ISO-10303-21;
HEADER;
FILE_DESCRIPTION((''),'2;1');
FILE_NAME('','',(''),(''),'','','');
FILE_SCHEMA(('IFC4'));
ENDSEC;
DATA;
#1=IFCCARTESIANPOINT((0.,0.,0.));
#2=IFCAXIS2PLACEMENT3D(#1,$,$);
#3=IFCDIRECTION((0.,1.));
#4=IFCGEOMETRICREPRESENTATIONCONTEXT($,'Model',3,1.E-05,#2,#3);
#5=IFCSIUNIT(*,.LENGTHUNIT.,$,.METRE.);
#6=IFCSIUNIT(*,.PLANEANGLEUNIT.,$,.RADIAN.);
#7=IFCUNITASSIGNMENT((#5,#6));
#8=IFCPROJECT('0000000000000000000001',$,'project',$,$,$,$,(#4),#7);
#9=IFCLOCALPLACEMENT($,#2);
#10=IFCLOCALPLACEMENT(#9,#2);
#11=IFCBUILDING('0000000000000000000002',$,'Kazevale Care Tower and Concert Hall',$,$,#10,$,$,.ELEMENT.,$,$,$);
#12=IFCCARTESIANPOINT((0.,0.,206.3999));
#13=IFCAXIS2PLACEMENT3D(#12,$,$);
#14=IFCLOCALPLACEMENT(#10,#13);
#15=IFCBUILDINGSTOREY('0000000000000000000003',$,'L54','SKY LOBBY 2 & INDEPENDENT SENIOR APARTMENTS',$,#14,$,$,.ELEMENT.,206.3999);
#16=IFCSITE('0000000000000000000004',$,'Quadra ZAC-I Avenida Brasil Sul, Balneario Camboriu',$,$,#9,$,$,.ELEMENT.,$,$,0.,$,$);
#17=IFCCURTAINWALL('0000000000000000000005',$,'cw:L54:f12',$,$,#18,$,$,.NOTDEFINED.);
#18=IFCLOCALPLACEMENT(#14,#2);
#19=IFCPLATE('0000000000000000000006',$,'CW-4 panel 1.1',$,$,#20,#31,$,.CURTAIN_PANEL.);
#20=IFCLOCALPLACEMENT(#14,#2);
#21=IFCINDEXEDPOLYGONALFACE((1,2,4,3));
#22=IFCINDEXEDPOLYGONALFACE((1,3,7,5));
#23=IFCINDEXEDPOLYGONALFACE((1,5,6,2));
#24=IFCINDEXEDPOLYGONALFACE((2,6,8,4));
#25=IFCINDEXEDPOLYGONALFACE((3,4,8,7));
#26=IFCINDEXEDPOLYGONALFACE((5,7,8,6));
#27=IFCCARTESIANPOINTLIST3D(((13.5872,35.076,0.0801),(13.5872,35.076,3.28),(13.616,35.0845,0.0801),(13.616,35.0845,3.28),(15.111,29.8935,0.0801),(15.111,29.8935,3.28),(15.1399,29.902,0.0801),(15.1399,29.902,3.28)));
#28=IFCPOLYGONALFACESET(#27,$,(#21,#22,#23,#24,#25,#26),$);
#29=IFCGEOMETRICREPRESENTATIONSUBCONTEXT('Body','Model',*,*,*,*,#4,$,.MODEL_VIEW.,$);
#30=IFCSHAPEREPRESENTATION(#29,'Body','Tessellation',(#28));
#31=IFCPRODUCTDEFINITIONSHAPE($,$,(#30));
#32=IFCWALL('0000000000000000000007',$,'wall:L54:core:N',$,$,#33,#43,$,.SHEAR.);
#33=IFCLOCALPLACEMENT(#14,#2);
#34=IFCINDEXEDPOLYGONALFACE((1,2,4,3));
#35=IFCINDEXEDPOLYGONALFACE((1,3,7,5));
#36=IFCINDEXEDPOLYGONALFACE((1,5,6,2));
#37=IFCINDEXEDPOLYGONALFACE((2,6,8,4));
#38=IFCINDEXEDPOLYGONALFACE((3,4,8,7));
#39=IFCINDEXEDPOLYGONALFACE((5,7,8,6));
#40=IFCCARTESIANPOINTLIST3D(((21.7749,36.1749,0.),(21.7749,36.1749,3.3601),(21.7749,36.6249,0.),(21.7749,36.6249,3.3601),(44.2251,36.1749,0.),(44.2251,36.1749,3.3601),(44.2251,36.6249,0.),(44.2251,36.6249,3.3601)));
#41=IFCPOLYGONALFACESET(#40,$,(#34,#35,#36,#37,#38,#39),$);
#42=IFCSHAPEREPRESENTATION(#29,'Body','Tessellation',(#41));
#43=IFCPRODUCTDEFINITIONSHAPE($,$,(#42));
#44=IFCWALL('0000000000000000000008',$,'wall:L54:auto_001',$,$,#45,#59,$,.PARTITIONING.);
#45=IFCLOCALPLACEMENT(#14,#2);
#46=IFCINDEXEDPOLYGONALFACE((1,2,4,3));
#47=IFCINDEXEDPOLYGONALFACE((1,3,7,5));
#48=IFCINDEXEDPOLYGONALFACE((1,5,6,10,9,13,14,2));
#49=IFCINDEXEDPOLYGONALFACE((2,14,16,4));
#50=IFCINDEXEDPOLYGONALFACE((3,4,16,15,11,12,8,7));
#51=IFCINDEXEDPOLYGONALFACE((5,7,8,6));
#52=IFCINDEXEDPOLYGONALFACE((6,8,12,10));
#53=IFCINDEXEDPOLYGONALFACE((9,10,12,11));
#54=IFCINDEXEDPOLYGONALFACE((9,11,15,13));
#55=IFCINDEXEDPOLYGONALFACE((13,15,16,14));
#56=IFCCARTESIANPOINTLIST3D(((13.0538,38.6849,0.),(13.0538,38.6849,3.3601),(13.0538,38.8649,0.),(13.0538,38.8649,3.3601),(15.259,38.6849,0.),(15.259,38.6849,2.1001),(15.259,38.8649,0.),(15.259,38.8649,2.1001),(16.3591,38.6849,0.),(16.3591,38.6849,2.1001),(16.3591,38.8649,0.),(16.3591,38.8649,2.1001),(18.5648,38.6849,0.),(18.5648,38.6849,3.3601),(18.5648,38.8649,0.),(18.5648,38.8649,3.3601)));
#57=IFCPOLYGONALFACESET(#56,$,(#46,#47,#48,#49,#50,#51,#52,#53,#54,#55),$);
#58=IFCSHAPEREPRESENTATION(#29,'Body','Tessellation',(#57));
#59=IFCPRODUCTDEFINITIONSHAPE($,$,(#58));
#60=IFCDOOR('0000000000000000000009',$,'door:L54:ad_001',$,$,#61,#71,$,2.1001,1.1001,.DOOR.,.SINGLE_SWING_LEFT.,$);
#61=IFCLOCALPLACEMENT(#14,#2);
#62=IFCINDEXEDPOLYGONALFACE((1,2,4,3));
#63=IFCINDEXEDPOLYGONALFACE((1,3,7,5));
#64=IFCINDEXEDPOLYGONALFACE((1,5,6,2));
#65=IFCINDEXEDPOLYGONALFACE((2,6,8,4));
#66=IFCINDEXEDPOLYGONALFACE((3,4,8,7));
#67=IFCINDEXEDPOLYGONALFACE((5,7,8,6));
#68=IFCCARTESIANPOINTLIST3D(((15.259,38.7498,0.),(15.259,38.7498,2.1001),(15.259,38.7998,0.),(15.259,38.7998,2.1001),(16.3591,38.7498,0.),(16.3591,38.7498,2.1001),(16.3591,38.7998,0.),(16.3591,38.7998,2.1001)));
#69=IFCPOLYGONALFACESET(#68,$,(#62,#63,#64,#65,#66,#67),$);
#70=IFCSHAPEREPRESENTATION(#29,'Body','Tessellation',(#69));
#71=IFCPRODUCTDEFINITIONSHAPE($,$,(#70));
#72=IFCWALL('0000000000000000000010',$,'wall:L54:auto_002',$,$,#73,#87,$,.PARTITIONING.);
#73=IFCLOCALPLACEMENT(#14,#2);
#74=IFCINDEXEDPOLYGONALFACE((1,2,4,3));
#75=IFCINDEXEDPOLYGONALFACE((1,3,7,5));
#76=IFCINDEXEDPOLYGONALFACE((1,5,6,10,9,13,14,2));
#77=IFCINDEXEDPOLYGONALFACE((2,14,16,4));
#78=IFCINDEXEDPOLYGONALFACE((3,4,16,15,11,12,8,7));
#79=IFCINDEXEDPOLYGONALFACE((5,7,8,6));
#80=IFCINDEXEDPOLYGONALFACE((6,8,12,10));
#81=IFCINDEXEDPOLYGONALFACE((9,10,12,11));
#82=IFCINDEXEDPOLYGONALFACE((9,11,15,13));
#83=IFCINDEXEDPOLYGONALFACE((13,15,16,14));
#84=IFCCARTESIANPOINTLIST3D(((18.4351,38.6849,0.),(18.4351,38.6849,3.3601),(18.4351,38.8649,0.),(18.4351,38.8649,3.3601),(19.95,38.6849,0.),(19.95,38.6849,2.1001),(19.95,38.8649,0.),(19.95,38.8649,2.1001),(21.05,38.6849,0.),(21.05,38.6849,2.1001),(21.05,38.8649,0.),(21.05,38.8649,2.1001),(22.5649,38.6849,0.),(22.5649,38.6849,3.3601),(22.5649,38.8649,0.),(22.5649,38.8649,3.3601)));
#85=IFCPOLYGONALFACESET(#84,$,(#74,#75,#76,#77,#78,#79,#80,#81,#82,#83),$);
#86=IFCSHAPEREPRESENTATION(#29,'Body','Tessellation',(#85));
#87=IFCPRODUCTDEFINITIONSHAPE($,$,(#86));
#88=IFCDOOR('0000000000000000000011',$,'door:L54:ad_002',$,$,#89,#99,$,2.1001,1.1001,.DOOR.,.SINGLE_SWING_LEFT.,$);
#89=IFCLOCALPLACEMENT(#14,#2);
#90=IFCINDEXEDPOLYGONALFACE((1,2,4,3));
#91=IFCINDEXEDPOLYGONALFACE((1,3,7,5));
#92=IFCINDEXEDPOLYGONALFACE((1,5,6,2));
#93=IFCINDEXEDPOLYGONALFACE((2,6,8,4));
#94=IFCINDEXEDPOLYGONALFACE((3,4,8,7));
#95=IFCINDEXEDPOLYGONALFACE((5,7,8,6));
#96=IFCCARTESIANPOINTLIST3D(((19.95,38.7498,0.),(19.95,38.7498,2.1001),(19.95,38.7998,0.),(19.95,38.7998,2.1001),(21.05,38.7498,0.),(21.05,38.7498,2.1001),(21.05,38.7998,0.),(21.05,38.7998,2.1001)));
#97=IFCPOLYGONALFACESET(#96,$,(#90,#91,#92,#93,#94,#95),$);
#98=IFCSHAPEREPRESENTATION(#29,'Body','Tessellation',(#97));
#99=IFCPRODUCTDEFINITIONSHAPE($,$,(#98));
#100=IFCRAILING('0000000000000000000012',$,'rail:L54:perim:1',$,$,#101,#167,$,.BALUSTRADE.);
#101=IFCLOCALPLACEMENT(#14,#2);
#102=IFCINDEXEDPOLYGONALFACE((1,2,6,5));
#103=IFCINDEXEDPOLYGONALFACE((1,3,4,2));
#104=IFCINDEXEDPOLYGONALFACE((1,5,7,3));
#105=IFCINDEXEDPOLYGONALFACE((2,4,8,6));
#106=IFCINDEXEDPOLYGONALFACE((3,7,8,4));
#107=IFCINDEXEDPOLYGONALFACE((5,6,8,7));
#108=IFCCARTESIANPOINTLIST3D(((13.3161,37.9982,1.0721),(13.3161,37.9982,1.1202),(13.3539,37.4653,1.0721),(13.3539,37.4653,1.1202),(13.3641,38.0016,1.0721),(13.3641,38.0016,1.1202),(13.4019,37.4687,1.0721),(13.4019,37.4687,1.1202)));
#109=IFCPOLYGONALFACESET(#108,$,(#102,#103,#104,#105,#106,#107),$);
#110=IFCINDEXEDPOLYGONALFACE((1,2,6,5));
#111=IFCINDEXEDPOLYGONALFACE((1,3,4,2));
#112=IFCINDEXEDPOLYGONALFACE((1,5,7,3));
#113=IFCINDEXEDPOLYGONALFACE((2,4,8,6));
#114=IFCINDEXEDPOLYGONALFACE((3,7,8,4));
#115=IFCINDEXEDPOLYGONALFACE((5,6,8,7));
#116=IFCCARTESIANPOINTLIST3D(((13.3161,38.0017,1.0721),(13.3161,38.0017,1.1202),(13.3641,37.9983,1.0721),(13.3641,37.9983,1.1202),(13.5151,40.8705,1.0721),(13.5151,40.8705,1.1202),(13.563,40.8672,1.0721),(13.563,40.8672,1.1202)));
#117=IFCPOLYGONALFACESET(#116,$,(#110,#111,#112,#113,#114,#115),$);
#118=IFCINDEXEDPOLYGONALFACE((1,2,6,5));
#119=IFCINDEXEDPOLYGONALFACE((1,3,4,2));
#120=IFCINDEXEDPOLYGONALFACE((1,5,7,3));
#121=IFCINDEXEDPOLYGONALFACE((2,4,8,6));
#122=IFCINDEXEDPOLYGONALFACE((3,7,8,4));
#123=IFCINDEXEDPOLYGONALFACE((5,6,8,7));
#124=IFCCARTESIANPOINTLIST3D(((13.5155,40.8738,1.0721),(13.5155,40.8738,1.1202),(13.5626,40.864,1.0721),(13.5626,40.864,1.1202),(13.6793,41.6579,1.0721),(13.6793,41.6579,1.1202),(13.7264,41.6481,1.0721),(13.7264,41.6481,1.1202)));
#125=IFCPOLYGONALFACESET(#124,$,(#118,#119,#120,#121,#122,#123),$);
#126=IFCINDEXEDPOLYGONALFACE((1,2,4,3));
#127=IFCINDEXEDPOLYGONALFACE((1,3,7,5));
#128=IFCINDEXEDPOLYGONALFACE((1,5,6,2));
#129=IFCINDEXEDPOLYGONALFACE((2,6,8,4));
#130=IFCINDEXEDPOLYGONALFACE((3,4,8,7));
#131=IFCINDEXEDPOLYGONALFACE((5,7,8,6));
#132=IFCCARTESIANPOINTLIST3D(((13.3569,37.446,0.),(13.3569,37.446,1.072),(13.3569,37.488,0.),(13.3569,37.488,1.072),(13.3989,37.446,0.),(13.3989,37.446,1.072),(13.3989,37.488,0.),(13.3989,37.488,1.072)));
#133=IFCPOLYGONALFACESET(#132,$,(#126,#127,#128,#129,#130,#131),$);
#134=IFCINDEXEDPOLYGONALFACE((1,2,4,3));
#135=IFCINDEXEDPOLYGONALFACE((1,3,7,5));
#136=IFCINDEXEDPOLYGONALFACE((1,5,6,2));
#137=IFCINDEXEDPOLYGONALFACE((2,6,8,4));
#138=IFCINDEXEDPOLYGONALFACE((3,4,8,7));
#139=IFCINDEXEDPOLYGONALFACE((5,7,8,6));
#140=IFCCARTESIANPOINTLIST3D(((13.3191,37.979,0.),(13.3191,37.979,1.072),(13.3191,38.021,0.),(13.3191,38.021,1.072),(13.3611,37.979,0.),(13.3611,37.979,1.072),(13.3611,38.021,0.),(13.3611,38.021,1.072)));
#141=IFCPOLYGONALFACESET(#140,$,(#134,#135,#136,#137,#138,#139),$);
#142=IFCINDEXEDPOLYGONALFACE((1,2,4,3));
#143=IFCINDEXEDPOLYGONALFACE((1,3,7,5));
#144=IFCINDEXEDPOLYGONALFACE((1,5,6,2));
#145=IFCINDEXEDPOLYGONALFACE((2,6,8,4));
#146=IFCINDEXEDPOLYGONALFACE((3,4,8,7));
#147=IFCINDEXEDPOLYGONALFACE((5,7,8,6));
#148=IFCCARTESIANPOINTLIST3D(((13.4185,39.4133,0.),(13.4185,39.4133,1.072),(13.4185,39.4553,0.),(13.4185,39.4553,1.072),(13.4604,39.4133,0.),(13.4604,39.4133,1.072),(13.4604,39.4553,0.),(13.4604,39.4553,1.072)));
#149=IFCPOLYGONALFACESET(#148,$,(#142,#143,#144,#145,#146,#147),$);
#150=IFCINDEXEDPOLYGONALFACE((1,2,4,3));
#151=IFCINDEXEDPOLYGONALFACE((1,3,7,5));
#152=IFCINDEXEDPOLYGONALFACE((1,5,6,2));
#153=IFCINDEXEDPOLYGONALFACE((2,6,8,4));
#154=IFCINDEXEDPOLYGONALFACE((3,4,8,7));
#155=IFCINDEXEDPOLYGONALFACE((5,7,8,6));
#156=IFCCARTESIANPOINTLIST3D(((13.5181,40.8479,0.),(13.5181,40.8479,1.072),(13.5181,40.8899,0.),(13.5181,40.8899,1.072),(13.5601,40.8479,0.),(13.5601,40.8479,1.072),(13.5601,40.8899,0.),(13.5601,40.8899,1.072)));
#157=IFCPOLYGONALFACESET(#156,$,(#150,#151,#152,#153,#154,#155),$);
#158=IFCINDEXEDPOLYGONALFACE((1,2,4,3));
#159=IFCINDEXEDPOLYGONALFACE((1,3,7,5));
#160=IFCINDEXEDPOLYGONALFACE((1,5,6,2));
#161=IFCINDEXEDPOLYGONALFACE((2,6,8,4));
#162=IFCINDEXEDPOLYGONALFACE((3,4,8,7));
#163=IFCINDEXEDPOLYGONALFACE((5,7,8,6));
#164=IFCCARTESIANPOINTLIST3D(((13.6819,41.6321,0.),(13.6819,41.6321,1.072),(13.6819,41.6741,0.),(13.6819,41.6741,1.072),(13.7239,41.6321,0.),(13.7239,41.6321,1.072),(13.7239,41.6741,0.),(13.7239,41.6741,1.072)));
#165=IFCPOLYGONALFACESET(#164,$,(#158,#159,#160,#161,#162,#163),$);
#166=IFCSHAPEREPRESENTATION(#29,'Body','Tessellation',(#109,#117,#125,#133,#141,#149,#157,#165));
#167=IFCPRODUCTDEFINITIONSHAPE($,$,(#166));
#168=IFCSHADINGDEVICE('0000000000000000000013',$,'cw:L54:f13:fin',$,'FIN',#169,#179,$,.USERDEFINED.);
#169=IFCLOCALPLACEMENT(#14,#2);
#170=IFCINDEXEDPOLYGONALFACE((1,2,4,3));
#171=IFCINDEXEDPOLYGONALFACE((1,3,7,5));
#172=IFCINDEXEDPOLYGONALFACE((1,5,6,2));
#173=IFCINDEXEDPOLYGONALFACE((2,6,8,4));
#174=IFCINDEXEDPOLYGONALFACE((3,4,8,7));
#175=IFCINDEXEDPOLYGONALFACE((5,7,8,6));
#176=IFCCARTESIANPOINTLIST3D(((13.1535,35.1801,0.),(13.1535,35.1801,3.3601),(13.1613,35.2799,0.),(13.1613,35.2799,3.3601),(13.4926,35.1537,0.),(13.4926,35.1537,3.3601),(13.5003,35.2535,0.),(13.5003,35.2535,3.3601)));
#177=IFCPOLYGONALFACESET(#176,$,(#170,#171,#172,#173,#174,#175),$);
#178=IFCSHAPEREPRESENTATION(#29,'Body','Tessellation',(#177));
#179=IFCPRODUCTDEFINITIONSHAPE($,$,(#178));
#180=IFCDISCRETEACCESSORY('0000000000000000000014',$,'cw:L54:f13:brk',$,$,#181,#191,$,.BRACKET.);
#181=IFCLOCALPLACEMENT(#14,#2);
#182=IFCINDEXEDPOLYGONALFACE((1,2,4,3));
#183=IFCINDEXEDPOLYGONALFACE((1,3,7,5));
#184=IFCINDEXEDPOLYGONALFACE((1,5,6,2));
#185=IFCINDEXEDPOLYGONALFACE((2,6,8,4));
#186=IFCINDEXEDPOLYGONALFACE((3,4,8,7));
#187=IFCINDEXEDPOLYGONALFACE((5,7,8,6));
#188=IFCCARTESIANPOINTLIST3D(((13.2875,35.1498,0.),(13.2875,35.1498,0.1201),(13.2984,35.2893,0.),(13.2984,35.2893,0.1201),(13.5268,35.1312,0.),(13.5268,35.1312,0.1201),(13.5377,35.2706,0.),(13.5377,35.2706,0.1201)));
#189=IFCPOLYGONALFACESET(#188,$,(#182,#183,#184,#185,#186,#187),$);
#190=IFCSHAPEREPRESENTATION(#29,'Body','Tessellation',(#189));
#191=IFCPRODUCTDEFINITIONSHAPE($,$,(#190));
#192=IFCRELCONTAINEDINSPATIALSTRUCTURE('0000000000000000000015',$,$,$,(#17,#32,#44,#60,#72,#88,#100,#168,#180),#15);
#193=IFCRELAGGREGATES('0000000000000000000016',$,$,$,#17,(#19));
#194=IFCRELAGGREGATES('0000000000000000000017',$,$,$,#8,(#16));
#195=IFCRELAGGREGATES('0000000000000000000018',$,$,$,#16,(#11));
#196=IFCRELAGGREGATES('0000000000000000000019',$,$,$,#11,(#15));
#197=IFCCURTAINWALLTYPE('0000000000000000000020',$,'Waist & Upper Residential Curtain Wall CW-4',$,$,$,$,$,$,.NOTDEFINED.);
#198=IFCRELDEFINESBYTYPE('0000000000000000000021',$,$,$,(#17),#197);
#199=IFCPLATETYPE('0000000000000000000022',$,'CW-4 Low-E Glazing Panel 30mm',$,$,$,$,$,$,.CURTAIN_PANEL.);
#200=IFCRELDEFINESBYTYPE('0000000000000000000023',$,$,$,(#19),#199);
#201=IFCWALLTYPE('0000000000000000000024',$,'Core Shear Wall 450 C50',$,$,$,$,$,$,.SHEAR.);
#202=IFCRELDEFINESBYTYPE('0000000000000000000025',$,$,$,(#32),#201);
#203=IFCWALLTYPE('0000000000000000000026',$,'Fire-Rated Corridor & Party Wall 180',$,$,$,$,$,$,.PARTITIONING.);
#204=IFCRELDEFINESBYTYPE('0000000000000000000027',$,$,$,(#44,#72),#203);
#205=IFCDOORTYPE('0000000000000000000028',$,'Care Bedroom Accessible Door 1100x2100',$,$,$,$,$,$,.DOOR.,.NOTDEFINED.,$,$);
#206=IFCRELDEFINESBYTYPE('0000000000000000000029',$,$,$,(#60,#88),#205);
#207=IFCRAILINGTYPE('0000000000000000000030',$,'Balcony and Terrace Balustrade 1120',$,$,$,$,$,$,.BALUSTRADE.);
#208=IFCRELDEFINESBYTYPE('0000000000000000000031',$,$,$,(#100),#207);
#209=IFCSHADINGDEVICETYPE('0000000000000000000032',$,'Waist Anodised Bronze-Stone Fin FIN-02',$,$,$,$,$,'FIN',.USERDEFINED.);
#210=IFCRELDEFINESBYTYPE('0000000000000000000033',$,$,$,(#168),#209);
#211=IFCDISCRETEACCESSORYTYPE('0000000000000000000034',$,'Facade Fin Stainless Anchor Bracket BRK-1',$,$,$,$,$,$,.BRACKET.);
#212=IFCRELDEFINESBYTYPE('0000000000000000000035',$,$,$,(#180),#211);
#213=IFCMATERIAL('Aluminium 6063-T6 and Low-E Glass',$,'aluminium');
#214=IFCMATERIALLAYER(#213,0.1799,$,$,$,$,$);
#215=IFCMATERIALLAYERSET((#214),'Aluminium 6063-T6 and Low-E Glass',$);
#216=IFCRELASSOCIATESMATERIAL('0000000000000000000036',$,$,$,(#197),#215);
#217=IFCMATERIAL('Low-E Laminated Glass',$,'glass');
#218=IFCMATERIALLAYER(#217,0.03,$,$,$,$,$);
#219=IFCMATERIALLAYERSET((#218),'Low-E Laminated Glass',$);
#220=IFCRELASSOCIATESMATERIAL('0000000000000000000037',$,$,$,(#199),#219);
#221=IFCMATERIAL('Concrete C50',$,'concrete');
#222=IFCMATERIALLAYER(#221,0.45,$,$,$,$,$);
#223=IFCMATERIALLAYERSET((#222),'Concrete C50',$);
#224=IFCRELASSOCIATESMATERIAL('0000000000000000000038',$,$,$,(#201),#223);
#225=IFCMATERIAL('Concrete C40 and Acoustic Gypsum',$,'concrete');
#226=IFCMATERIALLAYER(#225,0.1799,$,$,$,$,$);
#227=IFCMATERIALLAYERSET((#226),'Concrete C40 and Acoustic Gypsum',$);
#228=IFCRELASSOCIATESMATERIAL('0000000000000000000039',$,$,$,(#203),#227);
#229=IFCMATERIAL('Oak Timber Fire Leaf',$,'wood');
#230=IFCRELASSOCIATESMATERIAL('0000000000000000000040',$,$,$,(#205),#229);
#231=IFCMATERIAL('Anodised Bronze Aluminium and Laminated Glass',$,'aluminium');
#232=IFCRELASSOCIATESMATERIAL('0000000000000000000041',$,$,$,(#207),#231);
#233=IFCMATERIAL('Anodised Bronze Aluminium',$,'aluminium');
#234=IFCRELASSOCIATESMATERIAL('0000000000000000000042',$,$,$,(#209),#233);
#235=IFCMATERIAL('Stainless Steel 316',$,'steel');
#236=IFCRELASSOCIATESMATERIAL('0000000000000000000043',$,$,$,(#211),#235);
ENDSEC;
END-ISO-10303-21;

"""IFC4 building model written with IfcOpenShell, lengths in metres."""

from ifc_helpers import new_model, si_unit, direction, frame, frame_2d, origin, origin_2d, place, context, subcontext, project, spatial, rectangle, extrude, material, layer, layer_set, type_object, element, fill, aggregate, save


model = new_model("IFC4")

# Units and contexts
model_context = context("Model", 3, precision=1e-05, world=origin(), true_north=direction((0.0, 1.0)))
body_context = subcontext(model_context, "Body", "Model", "MODEL_VIEW")
ifc_project = project(units=[si_unit("LENGTHUNIT", "METRE"), si_unit("PLANEANGLEUNIT", "RADIAN")], contexts=[model_context])

# Site, building, storey
site_placement = place(None, origin())
site = spatial("IfcSite", under=ifc_project, at=site_placement, Name="Quadra ZAC-I Avenida Brasil Sul, Balneario Camboriu", CompositionType="ELEMENT", RefElevation=0.0)
building_placement = place(site_placement, origin())
building = spatial("IfcBuilding", under=site, at=building_placement, Name="Kazevale Care Tower and Concert Hall", CompositionType="ELEMENT")
storey_placement = place(building_placement, frame((0.0, 0.0, 206.3999)))
storey = spatial("IfcBuildingStorey", under=building, at=storey_placement, Name="L54", Description="SKY LOBBY 2 & INDEPENDENT SENIOR APARTMENTS", CompositionType="ELEMENT", Elevation=206.3999)

# Shared definitions
ifc_material_1 = material(Name="Concrete C50", Category="concrete")

# Curtain wall
ifc_material_2 = material(Name="Aluminium 6063-T6 and Low-E Glass", Category="aluminium")
ifc_layer_1 = layer(ifc_material_2, 0.1799)
ifc_layer_set_1 = layer_set([ifc_layer_1], Name="Aluminium 6063-T6 and Low-E Glass")
curtain_wall_type = type_object("IfcCurtainWallType", Name="Waist & Upper Residential Curtain Wall CW-4", PredefinedType="NOTDEFINED", material=ifc_layer_set_1)
curtain_wall_1_placement = place(storey_placement, origin())
curtain_wall_1 = element("IfcCurtainWall", 1, at=curtain_wall_1_placement, inside=storey, type_object=curtain_wall_type, Name="cw:L54:f12", PredefinedType="NOTDEFINED")

# Plate
ifc_material_3 = material(Name="Low-E Laminated Glass", Category="glass")
ifc_layer_2 = layer(ifc_material_3, 0.03)
ifc_layer_set_2 = layer_set([ifc_layer_2], Name="Low-E Laminated Glass")
plate_type = type_object("IfcPlateType", Name="CW-4 Low-E Glazing Panel 30mm", PredefinedType="CURTAIN_PANEL", material=ifc_layer_set_2)
plate_placement = place(storey_placement, frame((14.3635, 32.489, 0.0801), z_axis=(0.0, 0.0, 1.0), x_axis=(-0.282098, 0.959386, 0.0)))
plate = element("IfcPlate", 2, at=plate_placement, type_object=plate_type, Name="CW-4 panel 1.1", PredefinedType="CURTAIN_PANEL", context=body_context, shape_type="SweptSolid", body=[
    extrude(rectangle(XDim=5.4019, YDim=0.03, at=origin_2d()), origin(), (0.0, 0.0, 1.0), 3.2),
])
aggregate(curtain_wall_1, [plate])

# Wall
ifc_layer_3 = layer(ifc_material_1, 0.45)
ifc_layer_set_3 = layer_set([ifc_layer_3], Name="Concrete C50")
wall_type_1 = type_object("IfcWallType", Name="Core Shear Wall 450 C50", PredefinedType="SHEAR", material=ifc_layer_set_3)
wall_1_placement = place(storey_placement, frame((21.7749, 36.3999, 0.0), z_axis=(0.0, 0.0, 1.0), x_axis=(1.0, 0.0, 0.0)))
element("IfcWall", 3, at=wall_1_placement, inside=storey, type_object=wall_type_1, Name="wall:L54:core:N", PredefinedType="SHEAR", context=body_context, shape_type="SweptSolid", body=[
    extrude(rectangle(XDim=22.4502, YDim=0.45, at=frame_2d((11.2251, 0.0))), origin(), (0.0, 0.0, 1.0), 3.3601),
])

# Walls, openings, doors
ifc_material_4 = material(Name="Concrete C40 and Acoustic Gypsum", Category="concrete")
ifc_layer_4 = layer(ifc_material_4, 0.1799)
ifc_layer_set_4 = layer_set([ifc_layer_4], Name="Concrete C40 and Acoustic Gypsum")
wall_type_2 = type_object("IfcWallType", Name="Fire-Rated Corridor & Party Wall 180", PredefinedType="PARTITIONING", material=ifc_layer_set_4)
wall_2_placement = place(storey_placement, frame((13.054, 38.7749, 0.0), z_axis=(0.0, 0.0, 1.0), x_axis=(1.0, 0.0, 0.0)))
wall_2 = element("IfcWall", 4, at=wall_2_placement, inside=storey, type_object=wall_type_2, Name="wall:L54:auto_001", PredefinedType="PARTITIONING", context=body_context, shape_type="SweptSolid", body=[
    extrude(rectangle(XDim=5.511, YDim=0.1799, at=frame_2d((2.7554, 0.0))), origin(), (0.0, 0.0, 1.0), 3.3601),
])
opening_1_placement = place(wall_2_placement, frame((2.2051, 0.0, 0.0)))
opening_1 = element("IfcOpeningElement", 5, at=opening_1_placement, cuts=wall_2, PredefinedType="OPENING", context=body_context, shape_type="SweptSolid", body=[
    extrude(rectangle(XDim=1.1001, YDim=2.1001, at=frame_2d((0.55, 1.05))), frame((0.0, 0.0999, 0.0), z_axis=(0.0, -1.0, 0.0), x_axis=(1.0, 0.0, 0.0)), (0.0, 0.0, 1.0), 0.2),
])
ifc_material_5 = material(Name="Oak Timber Fire Leaf", Category="wood")
door_type = type_object("IfcDoorType", Name="Care Bedroom Accessible Door 1100x2100", OperationType="NOTDEFINED", PredefinedType="DOOR", material=ifc_material_5)
door_1_placement = place(opening_1_placement, origin())
door_1 = element("IfcDoor", 6, at=door_1_placement, inside=storey, type_object=door_type, Name="door:L54:ad_001", OperationType="SINGLE_SWING_LEFT", OverallHeight=2.1001, OverallWidth=1.1001, PredefinedType="DOOR", context=body_context, shape_type="SweptSolid", body=[
    extrude(rectangle(XDim=1.1001, YDim=2.1001, at=frame_2d((0.55, 1.05))), frame((0.0, 0.0249, 0.0), z_axis=(0.0, -1.0, 0.0), x_axis=(1.0, 0.0, 0.0)), (0.0, 0.0, 1.0), 0.05),
])
fill(opening_1, door_1)
wall_3_placement = place(storey_placement, frame((18.4351, 38.7749, 0.0), z_axis=(0.0, 0.0, 1.0), x_axis=(1.0, 0.0, 0.0)))
wall_3 = element("IfcWall", 7, at=wall_3_placement, inside=storey, type_object=wall_type_2, Name="wall:L54:auto_002", PredefinedType="PARTITIONING", context=body_context, shape_type="SweptSolid", body=[
    extrude(rectangle(XDim=4.1299, YDim=0.1799, at=frame_2d((2.0649, 0.0))), origin(), (0.0, 0.0, 1.0), 3.3601),
])
opening_2_placement = place(wall_3_placement, frame((1.5149, 0.0, 0.0)))
opening_2 = element("IfcOpeningElement", 8, at=opening_2_placement, cuts=wall_3, PredefinedType="OPENING", context=body_context, shape_type="SweptSolid", body=[
    extrude(rectangle(XDim=1.1001, YDim=2.1001, at=frame_2d((0.55, 1.05))), frame((0.0, 0.0999, 0.0), z_axis=(0.0, -1.0, 0.0), x_axis=(1.0, 0.0, 0.0)), (0.0, 0.0, 1.0), 0.2),
])
door_2_placement = place(opening_2_placement, origin())
door_2 = element("IfcDoor", 9, at=door_2_placement, inside=storey, type_object=door_type, Name="door:L54:ad_002", OperationType="SINGLE_SWING_LEFT", OverallHeight=2.1001, OverallWidth=1.1001, PredefinedType="DOOR", context=body_context, shape_type="SweptSolid", body=[
    extrude(rectangle(XDim=1.1001, YDim=2.1001, at=frame_2d((0.55, 1.05))), frame((0.0, 0.0249, 0.0), z_axis=(0.0, -1.0, 0.0), x_axis=(1.0, 0.0, 0.0)), (0.0, 0.0, 1.0), 0.05),
])
fill(opening_2, door_2)

# Railing
ifc_material_6 = material(Name="Anodised Bronze Aluminium and Laminated Glass", Category="aluminium")
railing_type = type_object("IfcRailingType", Name="Balcony and Terrace Balustrade 1120", PredefinedType="BALUSTRADE", material=ifc_material_6)
railing_placement = place(storey_placement, frame((13.3779, 37.467, 0.0)))
element("IfcRailing", 10, at=railing_placement, inside=storey, type_object=railing_type, Name="rail:L54:perim:1", PredefinedType="BALUSTRADE", context=body_context, shape_type="SweptSolid", body=[
    extrude(rectangle(XDim=0.0481, YDim=0.0481, at=origin_2d()), frame((0.0, 0.0, 1.0962), z_axis=(-0.070825, 0.997489, 0.0), x_axis=(-0.997489, -0.070825, 0.0)), (0.0, 0.0, 1.0), 0.5342),
    extrude(rectangle(XDim=0.0481, YDim=0.0481, at=origin_2d()), frame((-0.0378, 0.533, 1.0962), z_axis=(0.06919, 0.997604, 0.0), x_axis=(-0.997604, 0.06919, 0.0)), (0.0, 0.0, 1.0), 2.8757),
    extrude(rectangle(XDim=0.0481, YDim=0.0481, at=origin_2d()), frame((0.1611, 3.4019, 1.0962), z_axis=(0.20449, 0.978869, 0.0), x_axis=(-0.978869, 0.20449, 0.0)), (0.0, 0.0, 1.0), 0.801),
    extrude(rectangle(XDim=0.042, YDim=0.042, at=origin_2d()), origin(), (0.0, 0.0, 1.0), 1.072),
    extrude(rectangle(XDim=0.042, YDim=0.042, at=origin_2d()), frame((-0.0378, 0.533, 0.0)), (0.0, 0.0, 1.0), 1.072),
    extrude(rectangle(XDim=0.042, YDim=0.042, at=origin_2d()), frame((0.0615, 1.9673, 0.0)), (0.0, 0.0, 1.0), 1.072),
    extrude(rectangle(XDim=0.042, YDim=0.042, at=origin_2d()), frame((0.1611, 3.4019, 0.0)), (0.0, 0.0, 1.0), 1.072),
    extrude(rectangle(XDim=0.042, YDim=0.042, at=origin_2d()), frame((0.325, 4.186, 0.0)), (0.0, 0.0, 1.0), 1.072),
])

# Shading device
ifc_material_7 = material(Name="Anodised Bronze Aluminium", Category="aluminium")
shading_device_type = type_object("IfcShadingDeviceType", Name="Waist Anodised Bronze-Stone Fin FIN-02", ElementType="FIN", PredefinedType="USERDEFINED", material=ifc_material_7)
shading_device_placement = place(storey_placement, frame((13.3269, 35.2168, 0.0), z_axis=(0.0, 0.0, 1.0), x_axis=(-0.996985, 0.077589, 0.0)))
element("IfcShadingDevice", 11, at=shading_device_placement, inside=storey, type_object=shading_device_type, Name="cw:L54:f13:fin", ObjectType="FIN", PredefinedType="USERDEFINED", context=body_context, shape_type="SweptSolid", body=[
    extrude(rectangle(XDim=0.3401, YDim=0.1001, at=origin_2d()), origin(), (0.0, 0.0, 1.0), 3.3601),
])

# Discrete accessory
ifc_material_8 = material(Name="Stainless Steel 316", Category="steel")
discrete_accessory_type = type_object("IfcDiscreteAccessoryType", Name="Facade Fin Stainless Anchor Bracket BRK-1", PredefinedType="BRACKET", material=ifc_material_8)
discrete_accessory_placement = place(storey_placement, frame((13.4126, 35.2102, 0.0), z_axis=(0.0, 0.0, 1.0), x_axis=(-0.996985, 0.077589, 0.0)))
element("IfcDiscreteAccessory", 12, at=discrete_accessory_placement, inside=storey, type_object=discrete_accessory_type, Name="cw:L54:f13:brk", PredefinedType="BRACKET", context=body_context, shape_type="SweptSolid", body=[
    extrude(rectangle(XDim=0.24, YDim=0.1399, at=origin_2d()), origin(), (0.0, 0.0, 1.0), 0.1201),
])

save(model, "model.ifc")
